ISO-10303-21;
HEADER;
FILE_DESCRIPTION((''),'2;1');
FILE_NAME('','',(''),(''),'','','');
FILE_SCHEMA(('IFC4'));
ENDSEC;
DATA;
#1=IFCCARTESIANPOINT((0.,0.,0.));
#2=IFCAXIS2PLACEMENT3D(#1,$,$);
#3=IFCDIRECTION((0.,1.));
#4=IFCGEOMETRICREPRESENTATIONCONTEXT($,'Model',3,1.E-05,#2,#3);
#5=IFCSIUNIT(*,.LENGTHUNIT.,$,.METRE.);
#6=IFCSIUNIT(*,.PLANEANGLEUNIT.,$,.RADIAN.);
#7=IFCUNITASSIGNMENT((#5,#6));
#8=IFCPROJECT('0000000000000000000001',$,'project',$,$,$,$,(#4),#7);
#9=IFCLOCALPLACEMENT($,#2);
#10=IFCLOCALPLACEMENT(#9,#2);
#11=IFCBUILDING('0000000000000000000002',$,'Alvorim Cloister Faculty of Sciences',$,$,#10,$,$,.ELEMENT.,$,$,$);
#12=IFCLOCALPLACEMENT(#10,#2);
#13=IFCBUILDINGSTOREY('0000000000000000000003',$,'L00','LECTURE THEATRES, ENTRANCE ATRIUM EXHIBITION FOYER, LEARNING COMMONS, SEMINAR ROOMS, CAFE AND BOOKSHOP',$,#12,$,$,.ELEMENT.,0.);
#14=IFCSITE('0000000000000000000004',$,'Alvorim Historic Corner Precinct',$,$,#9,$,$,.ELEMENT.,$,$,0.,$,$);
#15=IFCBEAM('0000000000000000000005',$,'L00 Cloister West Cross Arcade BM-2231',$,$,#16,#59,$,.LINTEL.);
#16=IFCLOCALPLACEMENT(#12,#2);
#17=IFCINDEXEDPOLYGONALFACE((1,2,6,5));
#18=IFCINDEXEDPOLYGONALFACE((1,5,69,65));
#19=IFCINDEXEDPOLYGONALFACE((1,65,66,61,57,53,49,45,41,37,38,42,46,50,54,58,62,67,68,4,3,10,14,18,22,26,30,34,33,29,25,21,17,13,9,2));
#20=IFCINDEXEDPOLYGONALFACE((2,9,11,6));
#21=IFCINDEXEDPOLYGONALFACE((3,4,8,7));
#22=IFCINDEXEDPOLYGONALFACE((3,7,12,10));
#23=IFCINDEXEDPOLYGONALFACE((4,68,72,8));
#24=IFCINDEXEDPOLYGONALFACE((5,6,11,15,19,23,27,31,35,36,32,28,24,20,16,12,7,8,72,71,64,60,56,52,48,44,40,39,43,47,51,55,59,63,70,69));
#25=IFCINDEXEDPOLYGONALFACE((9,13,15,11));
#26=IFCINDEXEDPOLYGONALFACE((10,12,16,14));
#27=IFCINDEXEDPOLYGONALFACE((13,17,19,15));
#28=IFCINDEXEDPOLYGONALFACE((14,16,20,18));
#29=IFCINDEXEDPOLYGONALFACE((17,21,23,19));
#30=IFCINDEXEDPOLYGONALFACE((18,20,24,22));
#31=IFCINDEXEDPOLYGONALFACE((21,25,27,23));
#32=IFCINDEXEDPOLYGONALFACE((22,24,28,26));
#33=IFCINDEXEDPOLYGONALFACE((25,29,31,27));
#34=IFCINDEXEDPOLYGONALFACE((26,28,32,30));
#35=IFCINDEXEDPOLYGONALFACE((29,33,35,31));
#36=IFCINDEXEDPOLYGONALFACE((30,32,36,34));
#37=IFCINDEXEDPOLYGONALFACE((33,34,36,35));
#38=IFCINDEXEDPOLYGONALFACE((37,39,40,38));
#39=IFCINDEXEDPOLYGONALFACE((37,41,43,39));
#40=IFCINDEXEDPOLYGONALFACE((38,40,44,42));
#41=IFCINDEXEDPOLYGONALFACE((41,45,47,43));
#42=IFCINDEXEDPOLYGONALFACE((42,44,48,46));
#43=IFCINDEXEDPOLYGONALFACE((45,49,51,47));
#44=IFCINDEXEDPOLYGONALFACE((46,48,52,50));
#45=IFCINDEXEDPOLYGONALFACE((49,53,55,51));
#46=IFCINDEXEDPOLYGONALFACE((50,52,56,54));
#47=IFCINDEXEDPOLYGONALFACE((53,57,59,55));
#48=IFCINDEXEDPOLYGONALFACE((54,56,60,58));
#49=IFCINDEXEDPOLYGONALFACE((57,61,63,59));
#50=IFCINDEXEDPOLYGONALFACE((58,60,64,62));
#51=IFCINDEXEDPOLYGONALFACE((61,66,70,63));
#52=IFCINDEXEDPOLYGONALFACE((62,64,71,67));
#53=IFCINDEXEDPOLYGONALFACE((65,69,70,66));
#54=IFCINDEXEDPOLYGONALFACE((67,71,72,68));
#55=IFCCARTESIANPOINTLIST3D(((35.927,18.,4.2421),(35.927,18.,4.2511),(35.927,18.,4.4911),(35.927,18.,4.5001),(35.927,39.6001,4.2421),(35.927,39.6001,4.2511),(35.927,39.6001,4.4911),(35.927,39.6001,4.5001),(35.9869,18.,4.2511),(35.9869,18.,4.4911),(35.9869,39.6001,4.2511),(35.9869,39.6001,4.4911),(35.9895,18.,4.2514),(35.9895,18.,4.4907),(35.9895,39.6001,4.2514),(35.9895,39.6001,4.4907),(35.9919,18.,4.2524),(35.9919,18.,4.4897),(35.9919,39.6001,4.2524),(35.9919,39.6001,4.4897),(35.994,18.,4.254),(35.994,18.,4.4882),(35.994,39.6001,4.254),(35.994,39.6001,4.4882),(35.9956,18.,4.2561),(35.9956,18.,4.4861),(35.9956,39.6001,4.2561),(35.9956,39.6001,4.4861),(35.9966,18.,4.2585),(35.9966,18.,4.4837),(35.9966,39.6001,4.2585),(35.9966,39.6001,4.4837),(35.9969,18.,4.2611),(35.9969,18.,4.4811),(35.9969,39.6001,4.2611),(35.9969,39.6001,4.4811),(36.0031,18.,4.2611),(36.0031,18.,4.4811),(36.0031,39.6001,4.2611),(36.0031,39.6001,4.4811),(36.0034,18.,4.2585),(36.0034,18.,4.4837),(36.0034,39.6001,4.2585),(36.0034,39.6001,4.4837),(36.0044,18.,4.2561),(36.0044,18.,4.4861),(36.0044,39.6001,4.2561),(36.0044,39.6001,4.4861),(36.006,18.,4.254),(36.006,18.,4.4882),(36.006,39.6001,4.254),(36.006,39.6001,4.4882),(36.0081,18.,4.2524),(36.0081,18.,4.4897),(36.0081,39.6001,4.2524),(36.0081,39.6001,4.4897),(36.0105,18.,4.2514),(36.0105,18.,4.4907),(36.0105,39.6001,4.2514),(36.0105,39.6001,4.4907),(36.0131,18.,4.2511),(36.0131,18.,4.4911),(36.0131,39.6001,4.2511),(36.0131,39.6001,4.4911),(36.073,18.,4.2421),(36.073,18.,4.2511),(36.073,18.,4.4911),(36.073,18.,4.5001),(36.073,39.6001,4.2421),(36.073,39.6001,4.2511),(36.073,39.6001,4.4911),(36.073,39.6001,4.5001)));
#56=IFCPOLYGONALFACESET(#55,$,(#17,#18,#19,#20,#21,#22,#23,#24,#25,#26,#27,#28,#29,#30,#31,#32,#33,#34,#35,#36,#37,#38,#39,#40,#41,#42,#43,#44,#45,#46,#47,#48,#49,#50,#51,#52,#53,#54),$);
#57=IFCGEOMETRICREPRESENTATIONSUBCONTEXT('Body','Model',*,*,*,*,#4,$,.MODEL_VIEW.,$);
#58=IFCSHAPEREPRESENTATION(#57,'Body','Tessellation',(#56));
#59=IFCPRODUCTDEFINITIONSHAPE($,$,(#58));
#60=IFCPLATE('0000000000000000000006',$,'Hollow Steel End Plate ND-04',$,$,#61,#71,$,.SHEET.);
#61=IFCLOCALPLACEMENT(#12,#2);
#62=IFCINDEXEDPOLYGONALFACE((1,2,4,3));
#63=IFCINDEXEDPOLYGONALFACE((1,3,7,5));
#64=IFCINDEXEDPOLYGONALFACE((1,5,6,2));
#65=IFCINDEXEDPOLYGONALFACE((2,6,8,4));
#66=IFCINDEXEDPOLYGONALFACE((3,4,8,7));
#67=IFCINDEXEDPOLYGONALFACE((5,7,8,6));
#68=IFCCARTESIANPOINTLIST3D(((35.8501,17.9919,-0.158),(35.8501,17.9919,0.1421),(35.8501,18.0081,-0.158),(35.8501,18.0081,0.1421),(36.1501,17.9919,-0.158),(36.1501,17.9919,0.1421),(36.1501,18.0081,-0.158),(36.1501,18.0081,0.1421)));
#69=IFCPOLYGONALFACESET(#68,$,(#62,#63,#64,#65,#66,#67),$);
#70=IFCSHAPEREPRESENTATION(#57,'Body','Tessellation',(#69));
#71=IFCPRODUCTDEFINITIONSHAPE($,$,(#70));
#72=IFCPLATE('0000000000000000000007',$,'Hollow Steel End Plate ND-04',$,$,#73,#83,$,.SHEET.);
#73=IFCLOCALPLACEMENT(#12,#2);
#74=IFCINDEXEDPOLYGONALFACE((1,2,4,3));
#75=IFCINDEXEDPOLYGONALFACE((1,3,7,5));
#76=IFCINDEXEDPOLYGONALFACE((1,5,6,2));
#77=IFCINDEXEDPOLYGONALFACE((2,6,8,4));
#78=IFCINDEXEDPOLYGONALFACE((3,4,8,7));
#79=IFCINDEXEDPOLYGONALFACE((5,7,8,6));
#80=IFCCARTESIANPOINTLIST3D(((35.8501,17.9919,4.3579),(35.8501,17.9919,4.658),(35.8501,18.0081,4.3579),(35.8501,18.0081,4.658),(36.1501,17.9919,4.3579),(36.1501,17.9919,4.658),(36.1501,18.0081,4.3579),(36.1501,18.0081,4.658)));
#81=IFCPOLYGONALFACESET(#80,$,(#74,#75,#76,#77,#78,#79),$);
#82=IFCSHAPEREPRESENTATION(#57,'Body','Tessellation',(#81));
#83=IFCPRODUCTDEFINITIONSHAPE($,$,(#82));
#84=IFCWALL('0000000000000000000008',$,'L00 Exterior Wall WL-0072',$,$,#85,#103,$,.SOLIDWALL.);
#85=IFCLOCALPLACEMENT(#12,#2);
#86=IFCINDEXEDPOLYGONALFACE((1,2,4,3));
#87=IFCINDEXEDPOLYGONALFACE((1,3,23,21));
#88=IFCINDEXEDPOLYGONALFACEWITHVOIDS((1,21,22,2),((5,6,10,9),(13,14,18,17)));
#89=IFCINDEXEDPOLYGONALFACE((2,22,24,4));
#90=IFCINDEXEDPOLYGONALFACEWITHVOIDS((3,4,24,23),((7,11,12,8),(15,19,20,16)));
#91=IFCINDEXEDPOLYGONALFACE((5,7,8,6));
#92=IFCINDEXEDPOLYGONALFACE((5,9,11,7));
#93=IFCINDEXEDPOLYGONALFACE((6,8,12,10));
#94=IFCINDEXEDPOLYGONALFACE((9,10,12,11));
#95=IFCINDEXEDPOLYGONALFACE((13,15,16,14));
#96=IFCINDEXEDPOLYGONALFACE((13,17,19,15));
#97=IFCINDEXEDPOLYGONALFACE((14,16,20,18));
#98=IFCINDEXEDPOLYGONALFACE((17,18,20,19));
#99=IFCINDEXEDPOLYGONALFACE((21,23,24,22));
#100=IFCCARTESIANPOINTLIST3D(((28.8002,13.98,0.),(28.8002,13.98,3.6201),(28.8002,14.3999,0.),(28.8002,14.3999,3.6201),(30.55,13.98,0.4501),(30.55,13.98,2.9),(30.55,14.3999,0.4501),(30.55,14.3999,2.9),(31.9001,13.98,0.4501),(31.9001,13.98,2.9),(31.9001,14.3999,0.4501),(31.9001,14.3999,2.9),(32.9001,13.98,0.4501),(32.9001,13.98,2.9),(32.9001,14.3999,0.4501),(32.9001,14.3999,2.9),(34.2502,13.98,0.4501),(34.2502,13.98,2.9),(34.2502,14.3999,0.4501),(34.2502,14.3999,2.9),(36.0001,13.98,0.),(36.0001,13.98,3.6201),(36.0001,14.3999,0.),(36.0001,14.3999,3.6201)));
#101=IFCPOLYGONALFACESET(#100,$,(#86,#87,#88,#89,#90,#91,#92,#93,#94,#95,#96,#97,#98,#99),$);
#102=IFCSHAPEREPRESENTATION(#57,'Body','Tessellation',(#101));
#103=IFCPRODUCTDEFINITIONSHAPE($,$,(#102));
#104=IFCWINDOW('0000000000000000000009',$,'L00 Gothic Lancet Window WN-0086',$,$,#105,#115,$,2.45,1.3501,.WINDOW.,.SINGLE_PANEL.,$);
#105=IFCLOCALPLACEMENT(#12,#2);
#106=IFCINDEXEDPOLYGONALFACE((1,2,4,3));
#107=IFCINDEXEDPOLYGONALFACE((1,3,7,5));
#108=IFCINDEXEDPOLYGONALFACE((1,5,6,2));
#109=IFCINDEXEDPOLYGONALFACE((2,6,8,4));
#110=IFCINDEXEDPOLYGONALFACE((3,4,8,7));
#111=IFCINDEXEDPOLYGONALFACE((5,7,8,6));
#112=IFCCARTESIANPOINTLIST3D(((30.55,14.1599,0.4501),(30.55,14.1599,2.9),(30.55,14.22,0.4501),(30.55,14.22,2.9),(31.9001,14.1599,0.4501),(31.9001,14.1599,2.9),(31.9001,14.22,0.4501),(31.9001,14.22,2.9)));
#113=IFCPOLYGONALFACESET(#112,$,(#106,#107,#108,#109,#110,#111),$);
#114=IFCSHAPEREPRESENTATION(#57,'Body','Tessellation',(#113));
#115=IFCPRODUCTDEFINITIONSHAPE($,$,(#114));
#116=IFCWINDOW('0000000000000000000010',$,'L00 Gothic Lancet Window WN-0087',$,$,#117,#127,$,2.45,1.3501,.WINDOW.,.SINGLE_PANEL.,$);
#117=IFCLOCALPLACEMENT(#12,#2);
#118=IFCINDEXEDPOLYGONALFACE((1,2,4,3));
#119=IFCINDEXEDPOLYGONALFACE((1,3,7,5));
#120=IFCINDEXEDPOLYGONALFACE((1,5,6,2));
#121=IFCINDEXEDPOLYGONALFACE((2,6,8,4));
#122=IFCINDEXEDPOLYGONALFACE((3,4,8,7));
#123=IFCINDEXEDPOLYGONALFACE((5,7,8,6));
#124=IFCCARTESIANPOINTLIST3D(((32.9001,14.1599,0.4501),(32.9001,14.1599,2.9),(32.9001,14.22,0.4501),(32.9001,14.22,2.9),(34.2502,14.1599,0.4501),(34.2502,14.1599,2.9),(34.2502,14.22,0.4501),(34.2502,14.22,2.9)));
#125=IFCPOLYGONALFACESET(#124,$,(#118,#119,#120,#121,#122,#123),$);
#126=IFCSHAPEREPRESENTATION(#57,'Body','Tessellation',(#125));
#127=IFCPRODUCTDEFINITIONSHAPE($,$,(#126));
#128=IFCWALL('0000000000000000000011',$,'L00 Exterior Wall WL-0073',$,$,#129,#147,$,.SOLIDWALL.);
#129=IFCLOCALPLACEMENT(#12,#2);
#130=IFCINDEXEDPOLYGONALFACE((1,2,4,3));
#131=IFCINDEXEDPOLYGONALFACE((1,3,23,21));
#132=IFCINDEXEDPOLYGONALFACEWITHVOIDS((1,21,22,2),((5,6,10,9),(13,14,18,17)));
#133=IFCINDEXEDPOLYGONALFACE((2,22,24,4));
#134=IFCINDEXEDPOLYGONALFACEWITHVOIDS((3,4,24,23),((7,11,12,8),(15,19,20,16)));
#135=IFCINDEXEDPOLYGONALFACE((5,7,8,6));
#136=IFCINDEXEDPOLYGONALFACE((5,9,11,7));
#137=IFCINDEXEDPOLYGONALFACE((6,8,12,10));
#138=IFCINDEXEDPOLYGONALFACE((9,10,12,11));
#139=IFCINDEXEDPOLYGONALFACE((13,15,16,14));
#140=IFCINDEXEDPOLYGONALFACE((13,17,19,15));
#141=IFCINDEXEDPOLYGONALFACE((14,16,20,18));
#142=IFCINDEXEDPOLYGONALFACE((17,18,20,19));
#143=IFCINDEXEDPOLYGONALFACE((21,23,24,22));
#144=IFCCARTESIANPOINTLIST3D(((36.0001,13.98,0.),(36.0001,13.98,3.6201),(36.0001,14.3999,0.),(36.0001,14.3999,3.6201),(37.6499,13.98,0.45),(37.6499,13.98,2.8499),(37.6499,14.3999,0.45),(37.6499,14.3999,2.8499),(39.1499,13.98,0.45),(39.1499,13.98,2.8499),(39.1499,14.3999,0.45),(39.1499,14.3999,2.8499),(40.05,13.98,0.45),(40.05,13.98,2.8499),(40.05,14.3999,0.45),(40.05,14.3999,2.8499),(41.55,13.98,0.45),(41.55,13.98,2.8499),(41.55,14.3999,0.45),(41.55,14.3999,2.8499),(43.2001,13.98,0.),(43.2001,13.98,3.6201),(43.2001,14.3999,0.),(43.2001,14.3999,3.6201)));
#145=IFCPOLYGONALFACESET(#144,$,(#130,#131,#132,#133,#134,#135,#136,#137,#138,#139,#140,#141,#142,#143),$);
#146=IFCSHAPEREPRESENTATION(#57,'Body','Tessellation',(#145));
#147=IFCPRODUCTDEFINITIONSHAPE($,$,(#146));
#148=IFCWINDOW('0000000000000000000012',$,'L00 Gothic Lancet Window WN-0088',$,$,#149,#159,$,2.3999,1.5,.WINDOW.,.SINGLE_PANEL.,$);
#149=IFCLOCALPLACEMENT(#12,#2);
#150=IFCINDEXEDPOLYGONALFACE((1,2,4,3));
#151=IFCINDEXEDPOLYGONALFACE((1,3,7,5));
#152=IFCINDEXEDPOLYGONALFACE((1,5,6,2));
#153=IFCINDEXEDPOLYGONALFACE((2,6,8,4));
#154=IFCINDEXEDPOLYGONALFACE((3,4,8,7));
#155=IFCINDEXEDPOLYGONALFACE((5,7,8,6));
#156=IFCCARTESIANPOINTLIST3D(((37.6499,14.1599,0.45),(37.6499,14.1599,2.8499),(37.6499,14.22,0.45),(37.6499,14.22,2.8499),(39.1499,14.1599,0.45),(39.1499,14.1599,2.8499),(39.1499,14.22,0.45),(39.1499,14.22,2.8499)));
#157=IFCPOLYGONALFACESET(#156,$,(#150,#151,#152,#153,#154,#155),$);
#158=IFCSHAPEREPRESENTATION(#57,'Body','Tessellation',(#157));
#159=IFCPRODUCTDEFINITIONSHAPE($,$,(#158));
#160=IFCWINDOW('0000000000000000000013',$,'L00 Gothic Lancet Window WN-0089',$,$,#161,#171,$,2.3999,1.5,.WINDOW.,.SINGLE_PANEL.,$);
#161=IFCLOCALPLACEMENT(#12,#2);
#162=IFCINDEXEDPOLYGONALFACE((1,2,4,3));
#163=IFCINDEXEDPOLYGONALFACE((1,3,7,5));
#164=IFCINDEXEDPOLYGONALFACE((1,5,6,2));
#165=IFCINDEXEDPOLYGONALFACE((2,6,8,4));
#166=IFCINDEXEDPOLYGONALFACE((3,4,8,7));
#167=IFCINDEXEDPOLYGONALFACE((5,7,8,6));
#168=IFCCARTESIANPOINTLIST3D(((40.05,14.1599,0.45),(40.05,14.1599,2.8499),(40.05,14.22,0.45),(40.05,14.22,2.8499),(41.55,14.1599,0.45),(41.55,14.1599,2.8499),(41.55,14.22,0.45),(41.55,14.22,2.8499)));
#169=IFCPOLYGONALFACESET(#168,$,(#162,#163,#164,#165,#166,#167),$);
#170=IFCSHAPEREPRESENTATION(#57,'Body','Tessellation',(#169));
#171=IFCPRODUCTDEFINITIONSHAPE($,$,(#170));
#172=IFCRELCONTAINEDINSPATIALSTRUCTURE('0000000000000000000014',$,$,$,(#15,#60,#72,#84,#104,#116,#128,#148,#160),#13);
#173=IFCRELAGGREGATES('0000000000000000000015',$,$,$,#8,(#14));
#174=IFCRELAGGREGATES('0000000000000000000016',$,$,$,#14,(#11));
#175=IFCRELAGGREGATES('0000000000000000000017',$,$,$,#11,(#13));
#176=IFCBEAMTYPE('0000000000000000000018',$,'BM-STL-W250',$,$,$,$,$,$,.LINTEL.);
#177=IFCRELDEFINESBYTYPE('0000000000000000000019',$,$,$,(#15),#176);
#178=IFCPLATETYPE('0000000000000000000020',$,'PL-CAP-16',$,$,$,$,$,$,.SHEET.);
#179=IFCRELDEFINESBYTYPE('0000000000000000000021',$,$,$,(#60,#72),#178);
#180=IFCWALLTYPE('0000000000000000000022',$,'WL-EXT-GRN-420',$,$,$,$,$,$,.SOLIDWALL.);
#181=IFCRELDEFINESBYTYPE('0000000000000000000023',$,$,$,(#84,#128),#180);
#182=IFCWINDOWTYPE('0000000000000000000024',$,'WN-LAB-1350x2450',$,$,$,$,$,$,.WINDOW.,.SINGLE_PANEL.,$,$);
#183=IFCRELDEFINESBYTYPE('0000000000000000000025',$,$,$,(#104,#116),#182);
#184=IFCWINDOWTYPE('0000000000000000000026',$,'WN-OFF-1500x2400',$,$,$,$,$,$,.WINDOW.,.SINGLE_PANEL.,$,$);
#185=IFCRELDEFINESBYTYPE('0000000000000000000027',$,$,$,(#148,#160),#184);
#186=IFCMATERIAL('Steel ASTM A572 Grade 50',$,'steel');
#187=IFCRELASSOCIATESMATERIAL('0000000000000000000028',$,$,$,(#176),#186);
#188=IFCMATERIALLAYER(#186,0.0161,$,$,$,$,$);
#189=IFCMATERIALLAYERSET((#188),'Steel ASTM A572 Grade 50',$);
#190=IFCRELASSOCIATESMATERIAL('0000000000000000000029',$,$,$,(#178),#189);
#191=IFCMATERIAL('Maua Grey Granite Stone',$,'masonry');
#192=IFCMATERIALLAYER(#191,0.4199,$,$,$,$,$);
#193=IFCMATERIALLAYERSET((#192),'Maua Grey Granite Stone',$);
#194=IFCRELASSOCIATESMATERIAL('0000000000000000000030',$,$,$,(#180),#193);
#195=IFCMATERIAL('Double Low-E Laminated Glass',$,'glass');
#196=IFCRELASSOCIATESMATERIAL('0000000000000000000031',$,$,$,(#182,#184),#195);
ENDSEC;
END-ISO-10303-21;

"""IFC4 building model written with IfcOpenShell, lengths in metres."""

from ifc_helpers import new_model, si_unit, direction, frame, frame_2d, origin, origin_2d, place, context, subcontext, project, spatial, polyline, rectangle, i_section, outline, extrude, material, layer, layer_set, material_profile, profile_set, type_object, element, fill, save


model = new_model("IFC4")

# Units and contexts
model_context = context("Model", 3, precision=1e-05, world=origin(), true_north=direction((0.0, 1.0)))
body_context = subcontext(model_context, "Body", "Model", "MODEL_VIEW")
ifc_project = project(units=[si_unit("LENGTHUNIT", "METRE"), si_unit("PLANEANGLEUNIT", "RADIAN")], contexts=[model_context])

# Site, building, storey
site_placement = place(None, origin())
site = spatial("IfcSite", under=ifc_project, at=site_placement, Name="Alvorim Historic Corner Precinct", CompositionType="ELEMENT", RefElevation=0.0)
building_placement = place(site_placement, origin())
building = spatial("IfcBuilding", under=site, at=building_placement, Name="Alvorim Cloister Faculty of Sciences", CompositionType="ELEMENT")
storey_placement = place(building_placement, origin())
storey = spatial("IfcBuildingStorey", under=building, at=storey_placement, Name="L00", Description="LECTURE THEATRES, ENTRANCE ATRIUM EXHIBITION FOYER, LEARNING COMMONS, SEMINAR ROOMS, CAFE AND BOOKSHOP", CompositionType="ELEMENT", Elevation=0.0)

# Shared definitions
ifc_material_1 = material(Name="Steel ASTM A572 Grade 50", Category="steel")

# Beam
ifc_material_profile_1 = material_profile(ifc_material_1, i_section(OverallWidth=0.146, OverallDepth=0.2581, WebThickness=0.0061, FlangeThickness=0.009, FilletRadius=0.01, at=origin_2d()), Name="W250x32.7")
ifc_profile_set_1 = profile_set([ifc_material_profile_1], Name="Steel ASTM A572 Grade 50")
beam_type_1 = type_object("IfcBeamType", Name="BM-STL-W250", PredefinedType="LINTEL", material=ifc_profile_set_1)
beam_1_placement = place(storey_placement, frame((36.0, 18.0, 4.3711), z_axis=(0.0, 1.0, 0.0), x_axis=(-1.0, 0.0, 0.0)))
element("IfcBeam", 1, at=beam_1_placement, inside=storey, type_object=beam_type_1, Name="L00 Cloister West Cross Arcade BM-2231", PredefinedType="LINTEL", context=body_context, shape_type="SweptSolid", body=[
    extrude(i_section(OverallWidth=0.146, OverallDepth=0.2581, WebThickness=0.0061, FlangeThickness=0.009, FilletRadius=0.01, at=origin_2d()), origin(), (0.0, 0.0, 1.0), 21.6001),
])

# Plates
ifc_layer_1 = layer(ifc_material_1, 0.0161)
ifc_layer_set_1 = layer_set([ifc_layer_1], Name="Steel ASTM A572 Grade 50")
plate_type = type_object("IfcPlateType", Name="PL-CAP-16", PredefinedType="SHEET", material=ifc_layer_set_1)
for number, where, z_axis, x_axis, name in (
    (2, (35.8501, 18.0, -0.158), (0.0, 0.0, 1.0), (1.0, 0.0, 0.0), "Hollow Steel End Plate ND-04"),
    (3, (35.8501, 18.0, 4.3579), (0.0, 0.0, 1.0), (1.0, 0.0, 0.0), "Hollow Steel End Plate ND-04"),
):
    element("IfcPlate", number, at=place(storey_placement, frame(where, z_axis=z_axis, x_axis=x_axis)), inside=storey, type_object=plate_type, Name=name, PredefinedType="SHEET", context=body_context, shape_type="SweptSolid", body=[
        extrude(outline(polyline([(0.0, 0.0), (0.3, 0.0), (0.3, 0.3), (0.0, 0.3), (0.0, 0.0)])), frame((0.0, 0.0081, 0.0), z_axis=(0.0, -1.0, 0.0), x_axis=(1.0, 0.0, 0.0)), (0.0, 0.0, 1.0), 0.0161),
    ])

# Walls, openings, windows
ifc_material_2 = material(Name="Maua Grey Granite Stone", Category="masonry")
ifc_layer_2 = layer(ifc_material_2, 0.4199)
ifc_layer_set_2 = layer_set([ifc_layer_2], Name="Maua Grey Granite Stone")
wall_type = type_object("IfcWallType", Name="WL-EXT-GRN-420", PredefinedType="SOLIDWALL", material=ifc_layer_set_2)
wall_1_placement = place(storey_placement, frame((28.8, 14.1899, 0.0), z_axis=(0.0, 0.0, 1.0), x_axis=(1.0, 0.0, 0.0)))
wall_1 = element("IfcWall", 4, at=wall_1_placement, inside=storey, type_object=wall_type, Name="L00 Exterior Wall WL-0072", PredefinedType="SOLIDWALL", context=body_context, shape_type="SweptSolid", body=[
    extrude(rectangle(XDim=7.2, YDim=0.4199, at=frame_2d((3.6001, 0.0))), origin(), (0.0, 0.0, 1.0), 3.6201),
])
opening_1_placement = place(wall_1_placement, frame((1.75, 0.0, 0.45)))
opening_1 = element("IfcOpeningElement", 5, at=opening_1_placement, cuts=wall_1, PredefinedType="OPENING", context=body_context, shape_type="SweptSolid", body=[
    extrude(rectangle(XDim=1.3501, YDim=2.45, at=frame_2d((0.675, 1.2251))), frame((0.0, 0.2219, 0.0), z_axis=(0.0, -1.0, 0.0), x_axis=(1.0, 0.0, 0.0)), (0.0, 0.0, 1.0), 0.4438),
])
opening_2_placement = place(wall_1_placement, frame((4.1001, 0.0, 0.45)))
opening_2 = element("IfcOpeningElement", 6, at=opening_2_placement, cuts=wall_1, PredefinedType="OPENING", context=body_context, shape_type="SweptSolid", body=[
    extrude(rectangle(XDim=1.3501, YDim=2.45, at=frame_2d((0.675, 1.2251))), frame((0.0, 0.2219, 0.0), z_axis=(0.0, -1.0, 0.0), x_axis=(1.0, 0.0, 0.0)), (0.0, 0.0, 1.0), 0.4438),
])
ifc_material_3 = material(Name="Double Low-E Laminated Glass", Category="glass")
window_type_1 = type_object("IfcWindowType", Name="WN-LAB-1350x2450", PartitioningType="SINGLE_PANEL", PredefinedType="WINDOW", material=ifc_material_3)
window_1_placement = place(opening_1_placement, origin())
window_1 = element("IfcWindow", 7, at=window_1_placement, inside=storey, type_object=window_type_1, Name="L00 Gothic Lancet Window WN-0086", OverallHeight=2.45, OverallWidth=1.3501, PartitioningType="SINGLE_PANEL", PredefinedType="WINDOW", context=body_context, shape_type="SweptSolid", body=[
    extrude(rectangle(XDim=1.3501, YDim=2.45, at=frame_2d((0.675, 1.2251))), frame((0.0, 0.03, 0.0), z_axis=(0.0, -1.0, 0.0), x_axis=(1.0, 0.0, 0.0)), (0.0, 0.0, 1.0), 0.0601),
])
fill(opening_1, window_1)
window_2_placement = place(opening_2_placement, origin())
window_2 = element("IfcWindow", 8, at=window_2_placement, inside=storey, type_object=window_type_1, Name="L00 Gothic Lancet Window WN-0087", OverallHeight=2.45, OverallWidth=1.3501, PartitioningType="SINGLE_PANEL", PredefinedType="WINDOW", context=body_context, shape_type="SweptSolid", body=[
    extrude(rectangle(XDim=1.3501, YDim=2.45, at=frame_2d((0.675, 1.2251))), frame((0.0, 0.03, 0.0), z_axis=(0.0, -1.0, 0.0), x_axis=(1.0, 0.0, 0.0)), (0.0, 0.0, 1.0), 0.0601),
])
fill(opening_2, window_2)
wall_2_placement = place(storey_placement, frame((36.0, 14.1899, 0.0), z_axis=(0.0, 0.0, 1.0), x_axis=(1.0, 0.0, 0.0)))
wall_2 = element("IfcWall", 9, at=wall_2_placement, inside=storey, type_object=wall_type, Name="L00 Exterior Wall WL-0073", PredefinedType="SOLIDWALL", context=body_context, shape_type="SweptSolid", body=[
    extrude(rectangle(XDim=7.2, YDim=0.4199, at=frame_2d((3.6001, 0.0))), origin(), (0.0, 0.0, 1.0), 3.6201),
])
opening_3_placement = place(wall_2_placement, frame((1.6499, 0.0, 0.45)))
opening_3 = element("IfcOpeningElement", 10, at=opening_3_placement, cuts=wall_2, PredefinedType="OPENING", context=body_context, shape_type="SweptSolid", body=[
    extrude(rectangle(XDim=1.5, YDim=2.3999, at=frame_2d((0.75, 1.2))), frame((0.0, 0.2219, 0.0), z_axis=(0.0, -1.0, 0.0), x_axis=(1.0, 0.0, 0.0)), (0.0, 0.0, 1.0), 0.4438),
])
opening_4_placement = place(wall_2_placement, frame((4.05, 0.0, 0.45)))
opening_4 = element("IfcOpeningElement", 11, at=opening_4_placement, cuts=wall_2, PredefinedType="OPENING", context=body_context, shape_type="SweptSolid", body=[
    extrude(rectangle(XDim=1.5, YDim=2.3999, at=frame_2d((0.75, 1.2))), frame((0.0, 0.2219, 0.0), z_axis=(0.0, -1.0, 0.0), x_axis=(1.0, 0.0, 0.0)), (0.0, 0.0, 1.0), 0.4438),
])
window_type_2 = type_object("IfcWindowType", Name="WN-OFF-1500x2400", PartitioningType="SINGLE_PANEL", PredefinedType="WINDOW", material=ifc_material_3)
window_3_placement = place(opening_3_placement, origin())
window_3 = element("IfcWindow", 12, at=window_3_placement, inside=storey, type_object=window_type_2, Name="L00 Gothic Lancet Window WN-0088", OverallHeight=2.3999, OverallWidth=1.5, PartitioningType="SINGLE_PANEL", PredefinedType="WINDOW", context=body_context, shape_type="SweptSolid", body=[
    extrude(rectangle(XDim=1.5, YDim=2.3999, at=frame_2d((0.75, 1.2))), frame((0.0, 0.03, 0.0), z_axis=(0.0, -1.0, 0.0), x_axis=(1.0, 0.0, 0.0)), (0.0, 0.0, 1.0), 0.0601),
])
fill(opening_3, window_3)
window_4_placement = place(opening_4_placement, origin())
window_4 = element("IfcWindow", 13, at=window_4_placement, inside=storey, type_object=window_type_2, Name="L00 Gothic Lancet Window WN-0089", OverallHeight=2.3999, OverallWidth=1.5, PartitioningType="SINGLE_PANEL", PredefinedType="WINDOW", context=body_context, shape_type="SweptSolid", body=[
    extrude(rectangle(XDim=1.5, YDim=2.3999, at=frame_2d((0.75, 1.2))), frame((0.0, 0.03, 0.0), z_axis=(0.0, -1.0, 0.0), x_axis=(1.0, 0.0, 0.0)), (0.0, 0.0, 1.0), 0.0601),
])
fill(opening_4, window_4)

save(model, "model.ifc")
